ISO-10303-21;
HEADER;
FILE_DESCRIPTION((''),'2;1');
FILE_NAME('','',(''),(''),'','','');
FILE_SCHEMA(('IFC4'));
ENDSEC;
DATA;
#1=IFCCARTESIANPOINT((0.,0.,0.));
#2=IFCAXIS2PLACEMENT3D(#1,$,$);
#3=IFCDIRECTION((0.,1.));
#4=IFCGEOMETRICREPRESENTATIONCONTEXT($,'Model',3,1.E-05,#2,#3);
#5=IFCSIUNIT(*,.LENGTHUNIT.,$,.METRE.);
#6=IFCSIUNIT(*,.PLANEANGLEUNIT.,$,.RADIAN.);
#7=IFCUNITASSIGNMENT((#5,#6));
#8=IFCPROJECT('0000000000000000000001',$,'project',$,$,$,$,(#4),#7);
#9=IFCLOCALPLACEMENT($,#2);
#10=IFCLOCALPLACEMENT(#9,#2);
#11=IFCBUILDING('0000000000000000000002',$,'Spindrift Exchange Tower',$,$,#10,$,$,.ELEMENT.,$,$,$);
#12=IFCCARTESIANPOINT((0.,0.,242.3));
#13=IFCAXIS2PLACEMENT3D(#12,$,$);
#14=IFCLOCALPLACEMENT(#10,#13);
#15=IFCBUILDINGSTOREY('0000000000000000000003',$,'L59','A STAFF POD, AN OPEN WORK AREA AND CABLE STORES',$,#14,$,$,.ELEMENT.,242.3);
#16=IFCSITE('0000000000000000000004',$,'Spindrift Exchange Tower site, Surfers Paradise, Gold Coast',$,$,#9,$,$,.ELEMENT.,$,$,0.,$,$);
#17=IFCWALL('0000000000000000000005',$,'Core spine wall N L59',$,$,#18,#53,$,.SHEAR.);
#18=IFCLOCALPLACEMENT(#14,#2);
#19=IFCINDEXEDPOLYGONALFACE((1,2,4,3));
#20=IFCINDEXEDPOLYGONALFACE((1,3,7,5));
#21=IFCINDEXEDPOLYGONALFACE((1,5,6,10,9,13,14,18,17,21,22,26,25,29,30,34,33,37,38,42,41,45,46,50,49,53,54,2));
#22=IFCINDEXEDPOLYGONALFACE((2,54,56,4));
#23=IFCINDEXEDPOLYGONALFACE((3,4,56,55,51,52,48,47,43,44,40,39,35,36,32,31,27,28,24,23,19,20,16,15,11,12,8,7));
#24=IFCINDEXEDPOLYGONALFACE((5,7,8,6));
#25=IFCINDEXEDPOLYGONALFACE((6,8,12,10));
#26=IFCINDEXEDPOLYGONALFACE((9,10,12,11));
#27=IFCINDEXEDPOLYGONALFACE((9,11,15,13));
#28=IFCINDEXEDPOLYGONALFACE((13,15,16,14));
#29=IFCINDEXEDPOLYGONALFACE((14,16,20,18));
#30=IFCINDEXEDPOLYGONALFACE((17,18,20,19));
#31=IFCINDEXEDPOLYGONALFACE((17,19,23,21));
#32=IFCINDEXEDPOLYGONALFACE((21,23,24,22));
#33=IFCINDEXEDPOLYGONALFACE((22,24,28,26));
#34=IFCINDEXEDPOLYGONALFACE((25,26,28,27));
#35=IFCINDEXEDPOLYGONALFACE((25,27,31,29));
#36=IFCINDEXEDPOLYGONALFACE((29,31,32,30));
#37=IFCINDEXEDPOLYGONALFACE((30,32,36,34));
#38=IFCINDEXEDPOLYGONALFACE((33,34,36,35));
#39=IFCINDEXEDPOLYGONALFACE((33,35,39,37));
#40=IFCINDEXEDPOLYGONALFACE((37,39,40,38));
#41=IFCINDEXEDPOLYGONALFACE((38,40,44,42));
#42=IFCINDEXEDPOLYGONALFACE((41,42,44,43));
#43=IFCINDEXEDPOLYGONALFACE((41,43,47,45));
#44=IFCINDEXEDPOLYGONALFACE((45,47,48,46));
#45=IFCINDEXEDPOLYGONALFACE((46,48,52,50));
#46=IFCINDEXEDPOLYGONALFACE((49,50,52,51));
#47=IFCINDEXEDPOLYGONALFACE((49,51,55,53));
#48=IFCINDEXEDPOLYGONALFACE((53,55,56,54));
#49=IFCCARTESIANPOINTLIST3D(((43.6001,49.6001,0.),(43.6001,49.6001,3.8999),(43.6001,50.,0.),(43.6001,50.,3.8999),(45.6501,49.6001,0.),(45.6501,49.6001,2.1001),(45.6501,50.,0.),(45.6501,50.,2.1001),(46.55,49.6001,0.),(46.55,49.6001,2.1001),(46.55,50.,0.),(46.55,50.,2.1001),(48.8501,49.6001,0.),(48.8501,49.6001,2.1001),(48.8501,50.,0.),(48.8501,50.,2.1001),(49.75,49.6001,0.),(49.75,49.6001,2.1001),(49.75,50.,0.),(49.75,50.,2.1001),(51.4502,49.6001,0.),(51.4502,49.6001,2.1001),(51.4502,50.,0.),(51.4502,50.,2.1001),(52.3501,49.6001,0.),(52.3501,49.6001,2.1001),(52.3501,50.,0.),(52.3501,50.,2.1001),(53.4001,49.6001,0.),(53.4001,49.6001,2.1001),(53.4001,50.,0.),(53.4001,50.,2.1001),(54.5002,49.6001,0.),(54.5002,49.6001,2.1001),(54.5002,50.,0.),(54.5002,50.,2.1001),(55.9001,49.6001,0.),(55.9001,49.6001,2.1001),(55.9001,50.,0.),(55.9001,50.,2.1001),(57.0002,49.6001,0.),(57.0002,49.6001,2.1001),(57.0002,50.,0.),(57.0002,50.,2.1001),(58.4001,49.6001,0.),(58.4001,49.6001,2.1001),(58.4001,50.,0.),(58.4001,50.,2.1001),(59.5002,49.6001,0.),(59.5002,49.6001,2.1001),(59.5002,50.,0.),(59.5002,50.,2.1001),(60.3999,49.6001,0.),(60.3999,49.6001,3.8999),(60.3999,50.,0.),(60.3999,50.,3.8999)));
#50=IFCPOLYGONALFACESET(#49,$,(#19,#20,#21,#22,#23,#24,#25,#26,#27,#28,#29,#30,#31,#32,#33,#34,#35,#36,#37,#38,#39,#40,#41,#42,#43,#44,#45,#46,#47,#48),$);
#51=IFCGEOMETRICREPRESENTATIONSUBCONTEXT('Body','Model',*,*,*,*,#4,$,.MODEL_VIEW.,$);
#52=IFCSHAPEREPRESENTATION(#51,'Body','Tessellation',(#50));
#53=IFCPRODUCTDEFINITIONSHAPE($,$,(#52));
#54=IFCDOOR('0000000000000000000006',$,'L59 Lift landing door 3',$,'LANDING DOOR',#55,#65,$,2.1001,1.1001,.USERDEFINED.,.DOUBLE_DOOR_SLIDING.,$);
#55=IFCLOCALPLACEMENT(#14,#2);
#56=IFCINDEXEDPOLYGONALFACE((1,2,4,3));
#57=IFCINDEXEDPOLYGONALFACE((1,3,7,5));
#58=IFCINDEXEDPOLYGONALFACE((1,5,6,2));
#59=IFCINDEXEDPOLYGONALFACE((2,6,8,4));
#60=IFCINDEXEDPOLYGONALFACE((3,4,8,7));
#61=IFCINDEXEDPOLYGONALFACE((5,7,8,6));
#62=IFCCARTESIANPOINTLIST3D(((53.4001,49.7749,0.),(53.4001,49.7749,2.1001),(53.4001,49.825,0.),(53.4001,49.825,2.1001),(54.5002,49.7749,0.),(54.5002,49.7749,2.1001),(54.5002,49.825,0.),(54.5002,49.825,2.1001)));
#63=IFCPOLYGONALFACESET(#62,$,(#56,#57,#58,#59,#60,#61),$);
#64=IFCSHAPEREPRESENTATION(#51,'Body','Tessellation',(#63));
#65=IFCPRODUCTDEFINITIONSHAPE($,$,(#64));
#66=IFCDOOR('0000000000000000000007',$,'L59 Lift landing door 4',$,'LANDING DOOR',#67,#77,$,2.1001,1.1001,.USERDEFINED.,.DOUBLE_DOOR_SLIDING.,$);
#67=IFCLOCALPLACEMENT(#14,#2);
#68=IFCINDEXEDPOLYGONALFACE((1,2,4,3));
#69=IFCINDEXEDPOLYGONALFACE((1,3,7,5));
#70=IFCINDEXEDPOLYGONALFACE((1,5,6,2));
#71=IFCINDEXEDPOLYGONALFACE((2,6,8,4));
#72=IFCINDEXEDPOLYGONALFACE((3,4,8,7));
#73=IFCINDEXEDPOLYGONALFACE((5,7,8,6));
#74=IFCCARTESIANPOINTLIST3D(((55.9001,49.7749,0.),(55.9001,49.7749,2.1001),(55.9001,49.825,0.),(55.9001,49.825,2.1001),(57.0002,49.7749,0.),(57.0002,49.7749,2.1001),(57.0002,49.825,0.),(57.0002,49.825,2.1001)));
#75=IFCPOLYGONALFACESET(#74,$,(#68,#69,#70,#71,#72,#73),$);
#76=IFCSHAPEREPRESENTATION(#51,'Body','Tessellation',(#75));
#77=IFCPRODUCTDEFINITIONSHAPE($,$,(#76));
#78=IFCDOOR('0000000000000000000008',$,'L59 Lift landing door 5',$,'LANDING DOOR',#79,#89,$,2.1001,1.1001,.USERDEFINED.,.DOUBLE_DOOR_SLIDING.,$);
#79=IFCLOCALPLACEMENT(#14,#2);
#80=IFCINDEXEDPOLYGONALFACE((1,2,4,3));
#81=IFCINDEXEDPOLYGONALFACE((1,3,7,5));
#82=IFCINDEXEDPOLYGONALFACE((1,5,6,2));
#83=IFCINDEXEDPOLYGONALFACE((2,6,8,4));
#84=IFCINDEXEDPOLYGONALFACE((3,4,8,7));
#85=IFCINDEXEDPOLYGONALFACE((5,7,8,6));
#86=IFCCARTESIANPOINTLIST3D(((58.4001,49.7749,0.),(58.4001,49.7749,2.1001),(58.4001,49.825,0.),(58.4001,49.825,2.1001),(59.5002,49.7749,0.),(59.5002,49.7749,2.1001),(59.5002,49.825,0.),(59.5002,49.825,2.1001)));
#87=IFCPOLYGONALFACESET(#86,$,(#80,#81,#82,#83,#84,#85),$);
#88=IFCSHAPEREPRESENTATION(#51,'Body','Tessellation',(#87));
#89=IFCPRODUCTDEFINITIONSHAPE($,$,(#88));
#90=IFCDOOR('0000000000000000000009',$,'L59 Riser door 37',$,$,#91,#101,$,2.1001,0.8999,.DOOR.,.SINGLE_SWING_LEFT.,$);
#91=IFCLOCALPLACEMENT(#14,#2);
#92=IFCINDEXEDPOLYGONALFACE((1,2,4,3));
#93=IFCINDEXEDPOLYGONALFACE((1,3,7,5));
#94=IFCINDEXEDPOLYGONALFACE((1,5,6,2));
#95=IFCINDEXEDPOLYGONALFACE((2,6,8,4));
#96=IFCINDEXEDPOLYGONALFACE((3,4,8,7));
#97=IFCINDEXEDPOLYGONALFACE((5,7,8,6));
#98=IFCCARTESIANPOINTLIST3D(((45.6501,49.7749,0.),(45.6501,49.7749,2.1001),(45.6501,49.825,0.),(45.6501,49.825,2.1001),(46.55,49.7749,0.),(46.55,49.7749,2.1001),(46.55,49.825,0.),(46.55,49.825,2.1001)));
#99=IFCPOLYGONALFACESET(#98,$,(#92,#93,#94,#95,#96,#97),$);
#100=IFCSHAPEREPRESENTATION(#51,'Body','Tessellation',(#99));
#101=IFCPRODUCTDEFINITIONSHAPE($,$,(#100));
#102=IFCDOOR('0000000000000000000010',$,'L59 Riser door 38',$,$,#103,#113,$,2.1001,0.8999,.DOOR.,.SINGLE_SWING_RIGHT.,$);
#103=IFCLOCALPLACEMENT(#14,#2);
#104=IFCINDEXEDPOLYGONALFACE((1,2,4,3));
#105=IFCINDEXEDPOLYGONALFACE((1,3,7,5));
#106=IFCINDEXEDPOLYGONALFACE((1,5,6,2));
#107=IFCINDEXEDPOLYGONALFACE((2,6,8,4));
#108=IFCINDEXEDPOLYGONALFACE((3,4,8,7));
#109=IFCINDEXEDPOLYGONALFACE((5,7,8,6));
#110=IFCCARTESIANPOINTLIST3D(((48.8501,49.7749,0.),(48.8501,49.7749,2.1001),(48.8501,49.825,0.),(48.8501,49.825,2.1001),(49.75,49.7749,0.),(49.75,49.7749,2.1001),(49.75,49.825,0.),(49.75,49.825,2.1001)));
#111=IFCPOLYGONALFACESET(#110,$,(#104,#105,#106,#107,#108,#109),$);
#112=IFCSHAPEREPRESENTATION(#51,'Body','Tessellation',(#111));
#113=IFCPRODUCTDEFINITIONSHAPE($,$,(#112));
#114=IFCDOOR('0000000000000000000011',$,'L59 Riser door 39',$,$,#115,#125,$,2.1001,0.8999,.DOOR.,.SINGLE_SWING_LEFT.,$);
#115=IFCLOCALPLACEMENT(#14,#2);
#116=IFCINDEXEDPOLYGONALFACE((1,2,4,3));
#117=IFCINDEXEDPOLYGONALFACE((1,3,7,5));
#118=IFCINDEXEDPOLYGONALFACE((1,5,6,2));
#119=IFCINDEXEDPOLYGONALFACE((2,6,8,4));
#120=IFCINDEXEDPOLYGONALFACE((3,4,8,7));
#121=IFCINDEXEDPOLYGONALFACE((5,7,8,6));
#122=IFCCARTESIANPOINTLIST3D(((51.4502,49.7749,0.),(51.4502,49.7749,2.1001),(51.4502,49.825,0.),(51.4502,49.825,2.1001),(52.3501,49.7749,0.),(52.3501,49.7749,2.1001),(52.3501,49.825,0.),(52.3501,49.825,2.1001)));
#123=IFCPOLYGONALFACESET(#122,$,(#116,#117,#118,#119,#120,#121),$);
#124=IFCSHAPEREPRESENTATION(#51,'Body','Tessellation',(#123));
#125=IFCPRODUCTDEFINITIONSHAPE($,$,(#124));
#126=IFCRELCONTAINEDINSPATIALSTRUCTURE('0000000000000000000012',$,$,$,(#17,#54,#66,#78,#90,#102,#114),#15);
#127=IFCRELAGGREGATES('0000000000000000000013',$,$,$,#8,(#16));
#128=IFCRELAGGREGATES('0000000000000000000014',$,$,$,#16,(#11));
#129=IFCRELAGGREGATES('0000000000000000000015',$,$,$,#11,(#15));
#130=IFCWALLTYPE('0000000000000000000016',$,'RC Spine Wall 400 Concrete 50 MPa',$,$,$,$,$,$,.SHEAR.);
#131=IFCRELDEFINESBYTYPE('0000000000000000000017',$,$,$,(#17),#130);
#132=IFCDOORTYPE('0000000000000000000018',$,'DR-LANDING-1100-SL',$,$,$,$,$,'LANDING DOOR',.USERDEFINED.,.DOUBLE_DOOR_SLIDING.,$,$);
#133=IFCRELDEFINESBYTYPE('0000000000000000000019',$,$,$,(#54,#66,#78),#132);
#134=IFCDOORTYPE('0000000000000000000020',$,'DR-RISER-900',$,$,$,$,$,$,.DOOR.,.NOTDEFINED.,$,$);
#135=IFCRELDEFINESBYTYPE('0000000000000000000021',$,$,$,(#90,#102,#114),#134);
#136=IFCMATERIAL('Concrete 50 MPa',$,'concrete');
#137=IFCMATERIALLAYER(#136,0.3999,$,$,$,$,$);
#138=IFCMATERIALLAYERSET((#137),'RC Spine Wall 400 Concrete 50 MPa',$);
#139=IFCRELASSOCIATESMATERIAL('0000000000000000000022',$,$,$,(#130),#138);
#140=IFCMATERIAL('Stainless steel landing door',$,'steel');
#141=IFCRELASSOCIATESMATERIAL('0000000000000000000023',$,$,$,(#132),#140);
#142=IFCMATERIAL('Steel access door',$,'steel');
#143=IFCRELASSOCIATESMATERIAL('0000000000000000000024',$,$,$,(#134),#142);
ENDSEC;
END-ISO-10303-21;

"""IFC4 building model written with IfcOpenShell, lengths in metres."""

from ifc_helpers import new_model, si_unit, direction, frame, frame_2d, origin, place, context, subcontext, project, spatial, rectangle, extrude, source, transform, mapped, material, layer, layer_set, type_object, element, fill, save


model = new_model("IFC4")

# Units and contexts
model_context = context("Model", 3, precision=1e-05, world=origin(), true_north=direction((0.0, 1.0)))
body_context = subcontext(model_context, "Body", "Model", "MODEL_VIEW")
ifc_project = project(units=[si_unit("LENGTHUNIT", "METRE"), si_unit("PLANEANGLEUNIT", "RADIAN")], contexts=[model_context])

# Site, building, storey
site_placement = place(None, origin())
site = spatial("IfcSite", under=ifc_project, at=site_placement, Name="Spindrift Exchange Tower site, Surfers Paradise, Gold Coast", CompositionType="ELEMENT", RefElevation=0.0)
building_placement = place(site_placement, origin())
building = spatial("IfcBuilding", under=site, at=building_placement, Name="Spindrift Exchange Tower", CompositionType="ELEMENT")
storey_placement = place(building_placement, frame((0.0, 0.0, 242.3)))
storey = spatial("IfcBuildingStorey", under=building, at=storey_placement, Name="L59", Description="A STAFF POD, AN OPEN WORK AREA AND CABLE STORES", CompositionType="ELEMENT", Elevation=242.3)

# Wall, openings, doors
ifc_material_1 = material(Name="Concrete 50 MPa", Category="concrete")
ifc_layer_1 = layer(ifc_material_1, 0.3999)
ifc_layer_set_1 = layer_set([ifc_layer_1], Name="RC Spine Wall 400 Concrete 50 MPa")
wall_type_1 = type_object("IfcWallType", Name="RC Spine Wall 400 Concrete 50 MPa", PredefinedType="SHEAR", material=ifc_layer_set_1)
wall_1_placement = place(storey_placement, frame((43.6001, 49.8, 0.0), z_axis=(0.0, 0.0, 1.0), x_axis=(1.0, 0.0, 0.0)))
wall_1 = element("IfcWall", 1, at=wall_1_placement, inside=storey, type_object=wall_type_1, Name="Core spine wall N L59", PredefinedType="SHEAR", context=body_context, shape_type="SweptSolid", body=[
    extrude(rectangle(XDim=16.7998, YDim=0.3999, at=frame_2d((8.3999, 0.0))), origin(), (0.0, 0.0, 1.0), 3.8999),
])
opening_1_placement = place(wall_1_placement, frame((9.8, 0.0, 0.0)))
opening_1 = element("IfcOpeningElement", 2, at=opening_1_placement, cuts=wall_1, PredefinedType="OPENING", context=body_context, shape_type="SweptSolid", body=[
    extrude(rectangle(XDim=1.1001, YDim=2.1001, at=frame_2d((0.55, 1.05))), frame((0.0, 0.21, 0.0), z_axis=(0.0, -1.0, 0.0), x_axis=(1.0, 0.0, 0.0)), (0.0, 0.0, 1.0), 0.4199),
])
opening_2_placement = place(wall_1_placement, frame((12.3, 0.0, 0.0)))
opening_2 = element("IfcOpeningElement", 3, at=opening_2_placement, cuts=wall_1, PredefinedType="OPENING", context=body_context, shape_type="SweptSolid", body=[
    extrude(rectangle(XDim=1.1001, YDim=2.1001, at=frame_2d((0.55, 1.05))), frame((0.0, 0.21, 0.0), z_axis=(0.0, -1.0, 0.0), x_axis=(1.0, 0.0, 0.0)), (0.0, 0.0, 1.0), 0.4199),
])
opening_3_placement = place(wall_1_placement, frame((14.8, 0.0, 0.0)))
opening_3 = element("IfcOpeningElement", 4, at=opening_3_placement, cuts=wall_1, PredefinedType="OPENING", context=body_context, shape_type="SweptSolid", body=[
    extrude(rectangle(XDim=1.1001, YDim=2.1001, at=frame_2d((0.55, 1.05))), frame((0.0, 0.21, 0.0), z_axis=(0.0, -1.0, 0.0), x_axis=(1.0, 0.0, 0.0)), (0.0, 0.0, 1.0), 0.4199),
])
opening_4_placement = place(wall_1_placement, frame((2.05, 0.0, 0.0)))
opening_4 = element("IfcOpeningElement", 5, at=opening_4_placement, cuts=wall_1, PredefinedType="OPENING", context=body_context, shape_type="SweptSolid", body=[
    extrude(rectangle(XDim=0.8999, YDim=2.1001, at=frame_2d((0.45, 1.05))), frame((0.0, 0.21, 0.0), z_axis=(0.0, -1.0, 0.0), x_axis=(1.0, 0.0, 0.0)), (0.0, 0.0, 1.0), 0.4199),
])
opening_5_placement = place(wall_1_placement, frame((5.25, 0.0, 0.0)))
opening_5 = element("IfcOpeningElement", 6, at=opening_5_placement, cuts=wall_1, PredefinedType="OPENING", context=body_context, shape_type="SweptSolid", body=[
    extrude(rectangle(XDim=0.8999, YDim=2.1001, at=frame_2d((0.45, 1.05))), frame((0.0, 0.21, 0.0), z_axis=(0.0, -1.0, 0.0), x_axis=(1.0, 0.0, 0.0)), (0.0, 0.0, 1.0), 0.4199),
])
opening_6_placement = place(wall_1_placement, frame((7.8501, 0.0, 0.0)))
opening_6 = element("IfcOpeningElement", 7, at=opening_6_placement, cuts=wall_1, PredefinedType="OPENING", context=body_context, shape_type="SweptSolid", body=[
    extrude(rectangle(XDim=0.8999, YDim=2.1001, at=frame_2d((0.45, 1.05))), frame((0.0, 0.21, 0.0), z_axis=(0.0, -1.0, 0.0), x_axis=(1.0, 0.0, 0.0)), (0.0, 0.0, 1.0), 0.4199),
])
ifc_material_2 = material(Name="Stainless steel landing door", Category="steel")
door_type_1 = type_object("IfcDoorType", Name="DR-LANDING-1100-SL", ElementType="LANDING DOOR", OperationType="DOUBLE_DOOR_SLIDING", PredefinedType="USERDEFINED", material=ifc_material_2)
shared_shape_1 = source(origin(), body_context, "Body", "SweptSolid", [
    extrude(rectangle(XDim=1.1001, YDim=2.1001, at=frame_2d((0.55, 1.05))), frame((0.0, 0.0249, 0.0), z_axis=(0.0, -1.0, 0.0), x_axis=(1.0, 0.0, 0.0)), (0.0, 0.0, 1.0), 0.05),
])
door_1_placement = place(opening_1_placement, origin())
door_1 = element("IfcDoor", 8, at=door_1_placement, inside=storey, type_object=door_type_1, Name="L59 Lift landing door 3", ObjectType="LANDING DOOR", OperationType="DOUBLE_DOOR_SLIDING", OverallHeight=2.1001, OverallWidth=1.1001, PredefinedType="USERDEFINED", context=body_context, shape_type="MappedRepresentation", body=[
    mapped(shared_shape_1, transform((0.0, 0.0, 0.0), scale=1.0)),
])
fill(opening_1, door_1)
door_2_placement = place(opening_2_placement, origin())
door_2 = element("IfcDoor", 9, at=door_2_placement, inside=storey, type_object=door_type_1, Name="L59 Lift landing door 4", ObjectType="LANDING DOOR", OperationType="DOUBLE_DOOR_SLIDING", OverallHeight=2.1001, OverallWidth=1.1001, PredefinedType="USERDEFINED", context=body_context, shape_type="MappedRepresentation", body=[
    mapped(shared_shape_1, transform((0.0, 0.0, 0.0), scale=1.0)),
])
fill(opening_2, door_2)
door_3_placement = place(opening_3_placement, origin())
door_3 = element("IfcDoor", 10, at=door_3_placement, inside=storey, type_object=door_type_1, Name="L59 Lift landing door 5", ObjectType="LANDING DOOR", OperationType="DOUBLE_DOOR_SLIDING", OverallHeight=2.1001, OverallWidth=1.1001, PredefinedType="USERDEFINED", context=body_context, shape_type="MappedRepresentation", body=[
    mapped(shared_shape_1, transform((0.0, 0.0, 0.0), scale=1.0)),
])
fill(opening_3, door_3)
ifc_material_3 = material(Name="Steel access door", Category="steel")
door_type_2 = type_object("IfcDoorType", Name="DR-RISER-900", OperationType="NOTDEFINED", PredefinedType="DOOR", material=ifc_material_3)
shared_shape_2 = source(origin(), body_context, "Body", "SweptSolid", [
    extrude(rectangle(XDim=0.8999, YDim=2.1001, at=frame_2d((0.45, 1.05))), frame((0.0, 0.0249, 0.0), z_axis=(0.0, -1.0, 0.0), x_axis=(1.0, 0.0, 0.0)), (0.0, 0.0, 1.0), 0.05),
])
door_4_placement = place(opening_4_placement, origin())
door_4 = element("IfcDoor", 11, at=door_4_placement, inside=storey, type_object=door_type_2, Name="L59 Riser door 37", OperationType="SINGLE_SWING_LEFT", OverallHeight=2.1001, OverallWidth=0.8999, PredefinedType="DOOR", context=body_context, shape_type="MappedRepresentation", body=[
    mapped(shared_shape_2, transform((0.0, 0.0, 0.0), scale=1.0)),
])
fill(opening_4, door_4)
door_5_placement = place(opening_5_placement, origin())
door_5 = element("IfcDoor", 12, at=door_5_placement, inside=storey, type_object=door_type_2, Name="L59 Riser door 38", OperationType="SINGLE_SWING_RIGHT", OverallHeight=2.1001, OverallWidth=0.8999, PredefinedType="DOOR", context=body_context, shape_type="MappedRepresentation", body=[
    mapped(shared_shape_2, transform((0.0, 0.0, 0.0), scale=1.0)),
])
fill(opening_5, door_5)
door_6_placement = place(opening_6_placement, origin())
door_6 = element("IfcDoor", 13, at=door_6_placement, inside=storey, type_object=door_type_2, Name="L59 Riser door 39", OperationType="SINGLE_SWING_LEFT", OverallHeight=2.1001, OverallWidth=0.8999, PredefinedType="DOOR", context=body_context, shape_type="MappedRepresentation", body=[
    mapped(shared_shape_2, transform((0.0, 0.0, 0.0), scale=1.0)),
])
fill(opening_6, door_6)

save(model, "model.ifc")
